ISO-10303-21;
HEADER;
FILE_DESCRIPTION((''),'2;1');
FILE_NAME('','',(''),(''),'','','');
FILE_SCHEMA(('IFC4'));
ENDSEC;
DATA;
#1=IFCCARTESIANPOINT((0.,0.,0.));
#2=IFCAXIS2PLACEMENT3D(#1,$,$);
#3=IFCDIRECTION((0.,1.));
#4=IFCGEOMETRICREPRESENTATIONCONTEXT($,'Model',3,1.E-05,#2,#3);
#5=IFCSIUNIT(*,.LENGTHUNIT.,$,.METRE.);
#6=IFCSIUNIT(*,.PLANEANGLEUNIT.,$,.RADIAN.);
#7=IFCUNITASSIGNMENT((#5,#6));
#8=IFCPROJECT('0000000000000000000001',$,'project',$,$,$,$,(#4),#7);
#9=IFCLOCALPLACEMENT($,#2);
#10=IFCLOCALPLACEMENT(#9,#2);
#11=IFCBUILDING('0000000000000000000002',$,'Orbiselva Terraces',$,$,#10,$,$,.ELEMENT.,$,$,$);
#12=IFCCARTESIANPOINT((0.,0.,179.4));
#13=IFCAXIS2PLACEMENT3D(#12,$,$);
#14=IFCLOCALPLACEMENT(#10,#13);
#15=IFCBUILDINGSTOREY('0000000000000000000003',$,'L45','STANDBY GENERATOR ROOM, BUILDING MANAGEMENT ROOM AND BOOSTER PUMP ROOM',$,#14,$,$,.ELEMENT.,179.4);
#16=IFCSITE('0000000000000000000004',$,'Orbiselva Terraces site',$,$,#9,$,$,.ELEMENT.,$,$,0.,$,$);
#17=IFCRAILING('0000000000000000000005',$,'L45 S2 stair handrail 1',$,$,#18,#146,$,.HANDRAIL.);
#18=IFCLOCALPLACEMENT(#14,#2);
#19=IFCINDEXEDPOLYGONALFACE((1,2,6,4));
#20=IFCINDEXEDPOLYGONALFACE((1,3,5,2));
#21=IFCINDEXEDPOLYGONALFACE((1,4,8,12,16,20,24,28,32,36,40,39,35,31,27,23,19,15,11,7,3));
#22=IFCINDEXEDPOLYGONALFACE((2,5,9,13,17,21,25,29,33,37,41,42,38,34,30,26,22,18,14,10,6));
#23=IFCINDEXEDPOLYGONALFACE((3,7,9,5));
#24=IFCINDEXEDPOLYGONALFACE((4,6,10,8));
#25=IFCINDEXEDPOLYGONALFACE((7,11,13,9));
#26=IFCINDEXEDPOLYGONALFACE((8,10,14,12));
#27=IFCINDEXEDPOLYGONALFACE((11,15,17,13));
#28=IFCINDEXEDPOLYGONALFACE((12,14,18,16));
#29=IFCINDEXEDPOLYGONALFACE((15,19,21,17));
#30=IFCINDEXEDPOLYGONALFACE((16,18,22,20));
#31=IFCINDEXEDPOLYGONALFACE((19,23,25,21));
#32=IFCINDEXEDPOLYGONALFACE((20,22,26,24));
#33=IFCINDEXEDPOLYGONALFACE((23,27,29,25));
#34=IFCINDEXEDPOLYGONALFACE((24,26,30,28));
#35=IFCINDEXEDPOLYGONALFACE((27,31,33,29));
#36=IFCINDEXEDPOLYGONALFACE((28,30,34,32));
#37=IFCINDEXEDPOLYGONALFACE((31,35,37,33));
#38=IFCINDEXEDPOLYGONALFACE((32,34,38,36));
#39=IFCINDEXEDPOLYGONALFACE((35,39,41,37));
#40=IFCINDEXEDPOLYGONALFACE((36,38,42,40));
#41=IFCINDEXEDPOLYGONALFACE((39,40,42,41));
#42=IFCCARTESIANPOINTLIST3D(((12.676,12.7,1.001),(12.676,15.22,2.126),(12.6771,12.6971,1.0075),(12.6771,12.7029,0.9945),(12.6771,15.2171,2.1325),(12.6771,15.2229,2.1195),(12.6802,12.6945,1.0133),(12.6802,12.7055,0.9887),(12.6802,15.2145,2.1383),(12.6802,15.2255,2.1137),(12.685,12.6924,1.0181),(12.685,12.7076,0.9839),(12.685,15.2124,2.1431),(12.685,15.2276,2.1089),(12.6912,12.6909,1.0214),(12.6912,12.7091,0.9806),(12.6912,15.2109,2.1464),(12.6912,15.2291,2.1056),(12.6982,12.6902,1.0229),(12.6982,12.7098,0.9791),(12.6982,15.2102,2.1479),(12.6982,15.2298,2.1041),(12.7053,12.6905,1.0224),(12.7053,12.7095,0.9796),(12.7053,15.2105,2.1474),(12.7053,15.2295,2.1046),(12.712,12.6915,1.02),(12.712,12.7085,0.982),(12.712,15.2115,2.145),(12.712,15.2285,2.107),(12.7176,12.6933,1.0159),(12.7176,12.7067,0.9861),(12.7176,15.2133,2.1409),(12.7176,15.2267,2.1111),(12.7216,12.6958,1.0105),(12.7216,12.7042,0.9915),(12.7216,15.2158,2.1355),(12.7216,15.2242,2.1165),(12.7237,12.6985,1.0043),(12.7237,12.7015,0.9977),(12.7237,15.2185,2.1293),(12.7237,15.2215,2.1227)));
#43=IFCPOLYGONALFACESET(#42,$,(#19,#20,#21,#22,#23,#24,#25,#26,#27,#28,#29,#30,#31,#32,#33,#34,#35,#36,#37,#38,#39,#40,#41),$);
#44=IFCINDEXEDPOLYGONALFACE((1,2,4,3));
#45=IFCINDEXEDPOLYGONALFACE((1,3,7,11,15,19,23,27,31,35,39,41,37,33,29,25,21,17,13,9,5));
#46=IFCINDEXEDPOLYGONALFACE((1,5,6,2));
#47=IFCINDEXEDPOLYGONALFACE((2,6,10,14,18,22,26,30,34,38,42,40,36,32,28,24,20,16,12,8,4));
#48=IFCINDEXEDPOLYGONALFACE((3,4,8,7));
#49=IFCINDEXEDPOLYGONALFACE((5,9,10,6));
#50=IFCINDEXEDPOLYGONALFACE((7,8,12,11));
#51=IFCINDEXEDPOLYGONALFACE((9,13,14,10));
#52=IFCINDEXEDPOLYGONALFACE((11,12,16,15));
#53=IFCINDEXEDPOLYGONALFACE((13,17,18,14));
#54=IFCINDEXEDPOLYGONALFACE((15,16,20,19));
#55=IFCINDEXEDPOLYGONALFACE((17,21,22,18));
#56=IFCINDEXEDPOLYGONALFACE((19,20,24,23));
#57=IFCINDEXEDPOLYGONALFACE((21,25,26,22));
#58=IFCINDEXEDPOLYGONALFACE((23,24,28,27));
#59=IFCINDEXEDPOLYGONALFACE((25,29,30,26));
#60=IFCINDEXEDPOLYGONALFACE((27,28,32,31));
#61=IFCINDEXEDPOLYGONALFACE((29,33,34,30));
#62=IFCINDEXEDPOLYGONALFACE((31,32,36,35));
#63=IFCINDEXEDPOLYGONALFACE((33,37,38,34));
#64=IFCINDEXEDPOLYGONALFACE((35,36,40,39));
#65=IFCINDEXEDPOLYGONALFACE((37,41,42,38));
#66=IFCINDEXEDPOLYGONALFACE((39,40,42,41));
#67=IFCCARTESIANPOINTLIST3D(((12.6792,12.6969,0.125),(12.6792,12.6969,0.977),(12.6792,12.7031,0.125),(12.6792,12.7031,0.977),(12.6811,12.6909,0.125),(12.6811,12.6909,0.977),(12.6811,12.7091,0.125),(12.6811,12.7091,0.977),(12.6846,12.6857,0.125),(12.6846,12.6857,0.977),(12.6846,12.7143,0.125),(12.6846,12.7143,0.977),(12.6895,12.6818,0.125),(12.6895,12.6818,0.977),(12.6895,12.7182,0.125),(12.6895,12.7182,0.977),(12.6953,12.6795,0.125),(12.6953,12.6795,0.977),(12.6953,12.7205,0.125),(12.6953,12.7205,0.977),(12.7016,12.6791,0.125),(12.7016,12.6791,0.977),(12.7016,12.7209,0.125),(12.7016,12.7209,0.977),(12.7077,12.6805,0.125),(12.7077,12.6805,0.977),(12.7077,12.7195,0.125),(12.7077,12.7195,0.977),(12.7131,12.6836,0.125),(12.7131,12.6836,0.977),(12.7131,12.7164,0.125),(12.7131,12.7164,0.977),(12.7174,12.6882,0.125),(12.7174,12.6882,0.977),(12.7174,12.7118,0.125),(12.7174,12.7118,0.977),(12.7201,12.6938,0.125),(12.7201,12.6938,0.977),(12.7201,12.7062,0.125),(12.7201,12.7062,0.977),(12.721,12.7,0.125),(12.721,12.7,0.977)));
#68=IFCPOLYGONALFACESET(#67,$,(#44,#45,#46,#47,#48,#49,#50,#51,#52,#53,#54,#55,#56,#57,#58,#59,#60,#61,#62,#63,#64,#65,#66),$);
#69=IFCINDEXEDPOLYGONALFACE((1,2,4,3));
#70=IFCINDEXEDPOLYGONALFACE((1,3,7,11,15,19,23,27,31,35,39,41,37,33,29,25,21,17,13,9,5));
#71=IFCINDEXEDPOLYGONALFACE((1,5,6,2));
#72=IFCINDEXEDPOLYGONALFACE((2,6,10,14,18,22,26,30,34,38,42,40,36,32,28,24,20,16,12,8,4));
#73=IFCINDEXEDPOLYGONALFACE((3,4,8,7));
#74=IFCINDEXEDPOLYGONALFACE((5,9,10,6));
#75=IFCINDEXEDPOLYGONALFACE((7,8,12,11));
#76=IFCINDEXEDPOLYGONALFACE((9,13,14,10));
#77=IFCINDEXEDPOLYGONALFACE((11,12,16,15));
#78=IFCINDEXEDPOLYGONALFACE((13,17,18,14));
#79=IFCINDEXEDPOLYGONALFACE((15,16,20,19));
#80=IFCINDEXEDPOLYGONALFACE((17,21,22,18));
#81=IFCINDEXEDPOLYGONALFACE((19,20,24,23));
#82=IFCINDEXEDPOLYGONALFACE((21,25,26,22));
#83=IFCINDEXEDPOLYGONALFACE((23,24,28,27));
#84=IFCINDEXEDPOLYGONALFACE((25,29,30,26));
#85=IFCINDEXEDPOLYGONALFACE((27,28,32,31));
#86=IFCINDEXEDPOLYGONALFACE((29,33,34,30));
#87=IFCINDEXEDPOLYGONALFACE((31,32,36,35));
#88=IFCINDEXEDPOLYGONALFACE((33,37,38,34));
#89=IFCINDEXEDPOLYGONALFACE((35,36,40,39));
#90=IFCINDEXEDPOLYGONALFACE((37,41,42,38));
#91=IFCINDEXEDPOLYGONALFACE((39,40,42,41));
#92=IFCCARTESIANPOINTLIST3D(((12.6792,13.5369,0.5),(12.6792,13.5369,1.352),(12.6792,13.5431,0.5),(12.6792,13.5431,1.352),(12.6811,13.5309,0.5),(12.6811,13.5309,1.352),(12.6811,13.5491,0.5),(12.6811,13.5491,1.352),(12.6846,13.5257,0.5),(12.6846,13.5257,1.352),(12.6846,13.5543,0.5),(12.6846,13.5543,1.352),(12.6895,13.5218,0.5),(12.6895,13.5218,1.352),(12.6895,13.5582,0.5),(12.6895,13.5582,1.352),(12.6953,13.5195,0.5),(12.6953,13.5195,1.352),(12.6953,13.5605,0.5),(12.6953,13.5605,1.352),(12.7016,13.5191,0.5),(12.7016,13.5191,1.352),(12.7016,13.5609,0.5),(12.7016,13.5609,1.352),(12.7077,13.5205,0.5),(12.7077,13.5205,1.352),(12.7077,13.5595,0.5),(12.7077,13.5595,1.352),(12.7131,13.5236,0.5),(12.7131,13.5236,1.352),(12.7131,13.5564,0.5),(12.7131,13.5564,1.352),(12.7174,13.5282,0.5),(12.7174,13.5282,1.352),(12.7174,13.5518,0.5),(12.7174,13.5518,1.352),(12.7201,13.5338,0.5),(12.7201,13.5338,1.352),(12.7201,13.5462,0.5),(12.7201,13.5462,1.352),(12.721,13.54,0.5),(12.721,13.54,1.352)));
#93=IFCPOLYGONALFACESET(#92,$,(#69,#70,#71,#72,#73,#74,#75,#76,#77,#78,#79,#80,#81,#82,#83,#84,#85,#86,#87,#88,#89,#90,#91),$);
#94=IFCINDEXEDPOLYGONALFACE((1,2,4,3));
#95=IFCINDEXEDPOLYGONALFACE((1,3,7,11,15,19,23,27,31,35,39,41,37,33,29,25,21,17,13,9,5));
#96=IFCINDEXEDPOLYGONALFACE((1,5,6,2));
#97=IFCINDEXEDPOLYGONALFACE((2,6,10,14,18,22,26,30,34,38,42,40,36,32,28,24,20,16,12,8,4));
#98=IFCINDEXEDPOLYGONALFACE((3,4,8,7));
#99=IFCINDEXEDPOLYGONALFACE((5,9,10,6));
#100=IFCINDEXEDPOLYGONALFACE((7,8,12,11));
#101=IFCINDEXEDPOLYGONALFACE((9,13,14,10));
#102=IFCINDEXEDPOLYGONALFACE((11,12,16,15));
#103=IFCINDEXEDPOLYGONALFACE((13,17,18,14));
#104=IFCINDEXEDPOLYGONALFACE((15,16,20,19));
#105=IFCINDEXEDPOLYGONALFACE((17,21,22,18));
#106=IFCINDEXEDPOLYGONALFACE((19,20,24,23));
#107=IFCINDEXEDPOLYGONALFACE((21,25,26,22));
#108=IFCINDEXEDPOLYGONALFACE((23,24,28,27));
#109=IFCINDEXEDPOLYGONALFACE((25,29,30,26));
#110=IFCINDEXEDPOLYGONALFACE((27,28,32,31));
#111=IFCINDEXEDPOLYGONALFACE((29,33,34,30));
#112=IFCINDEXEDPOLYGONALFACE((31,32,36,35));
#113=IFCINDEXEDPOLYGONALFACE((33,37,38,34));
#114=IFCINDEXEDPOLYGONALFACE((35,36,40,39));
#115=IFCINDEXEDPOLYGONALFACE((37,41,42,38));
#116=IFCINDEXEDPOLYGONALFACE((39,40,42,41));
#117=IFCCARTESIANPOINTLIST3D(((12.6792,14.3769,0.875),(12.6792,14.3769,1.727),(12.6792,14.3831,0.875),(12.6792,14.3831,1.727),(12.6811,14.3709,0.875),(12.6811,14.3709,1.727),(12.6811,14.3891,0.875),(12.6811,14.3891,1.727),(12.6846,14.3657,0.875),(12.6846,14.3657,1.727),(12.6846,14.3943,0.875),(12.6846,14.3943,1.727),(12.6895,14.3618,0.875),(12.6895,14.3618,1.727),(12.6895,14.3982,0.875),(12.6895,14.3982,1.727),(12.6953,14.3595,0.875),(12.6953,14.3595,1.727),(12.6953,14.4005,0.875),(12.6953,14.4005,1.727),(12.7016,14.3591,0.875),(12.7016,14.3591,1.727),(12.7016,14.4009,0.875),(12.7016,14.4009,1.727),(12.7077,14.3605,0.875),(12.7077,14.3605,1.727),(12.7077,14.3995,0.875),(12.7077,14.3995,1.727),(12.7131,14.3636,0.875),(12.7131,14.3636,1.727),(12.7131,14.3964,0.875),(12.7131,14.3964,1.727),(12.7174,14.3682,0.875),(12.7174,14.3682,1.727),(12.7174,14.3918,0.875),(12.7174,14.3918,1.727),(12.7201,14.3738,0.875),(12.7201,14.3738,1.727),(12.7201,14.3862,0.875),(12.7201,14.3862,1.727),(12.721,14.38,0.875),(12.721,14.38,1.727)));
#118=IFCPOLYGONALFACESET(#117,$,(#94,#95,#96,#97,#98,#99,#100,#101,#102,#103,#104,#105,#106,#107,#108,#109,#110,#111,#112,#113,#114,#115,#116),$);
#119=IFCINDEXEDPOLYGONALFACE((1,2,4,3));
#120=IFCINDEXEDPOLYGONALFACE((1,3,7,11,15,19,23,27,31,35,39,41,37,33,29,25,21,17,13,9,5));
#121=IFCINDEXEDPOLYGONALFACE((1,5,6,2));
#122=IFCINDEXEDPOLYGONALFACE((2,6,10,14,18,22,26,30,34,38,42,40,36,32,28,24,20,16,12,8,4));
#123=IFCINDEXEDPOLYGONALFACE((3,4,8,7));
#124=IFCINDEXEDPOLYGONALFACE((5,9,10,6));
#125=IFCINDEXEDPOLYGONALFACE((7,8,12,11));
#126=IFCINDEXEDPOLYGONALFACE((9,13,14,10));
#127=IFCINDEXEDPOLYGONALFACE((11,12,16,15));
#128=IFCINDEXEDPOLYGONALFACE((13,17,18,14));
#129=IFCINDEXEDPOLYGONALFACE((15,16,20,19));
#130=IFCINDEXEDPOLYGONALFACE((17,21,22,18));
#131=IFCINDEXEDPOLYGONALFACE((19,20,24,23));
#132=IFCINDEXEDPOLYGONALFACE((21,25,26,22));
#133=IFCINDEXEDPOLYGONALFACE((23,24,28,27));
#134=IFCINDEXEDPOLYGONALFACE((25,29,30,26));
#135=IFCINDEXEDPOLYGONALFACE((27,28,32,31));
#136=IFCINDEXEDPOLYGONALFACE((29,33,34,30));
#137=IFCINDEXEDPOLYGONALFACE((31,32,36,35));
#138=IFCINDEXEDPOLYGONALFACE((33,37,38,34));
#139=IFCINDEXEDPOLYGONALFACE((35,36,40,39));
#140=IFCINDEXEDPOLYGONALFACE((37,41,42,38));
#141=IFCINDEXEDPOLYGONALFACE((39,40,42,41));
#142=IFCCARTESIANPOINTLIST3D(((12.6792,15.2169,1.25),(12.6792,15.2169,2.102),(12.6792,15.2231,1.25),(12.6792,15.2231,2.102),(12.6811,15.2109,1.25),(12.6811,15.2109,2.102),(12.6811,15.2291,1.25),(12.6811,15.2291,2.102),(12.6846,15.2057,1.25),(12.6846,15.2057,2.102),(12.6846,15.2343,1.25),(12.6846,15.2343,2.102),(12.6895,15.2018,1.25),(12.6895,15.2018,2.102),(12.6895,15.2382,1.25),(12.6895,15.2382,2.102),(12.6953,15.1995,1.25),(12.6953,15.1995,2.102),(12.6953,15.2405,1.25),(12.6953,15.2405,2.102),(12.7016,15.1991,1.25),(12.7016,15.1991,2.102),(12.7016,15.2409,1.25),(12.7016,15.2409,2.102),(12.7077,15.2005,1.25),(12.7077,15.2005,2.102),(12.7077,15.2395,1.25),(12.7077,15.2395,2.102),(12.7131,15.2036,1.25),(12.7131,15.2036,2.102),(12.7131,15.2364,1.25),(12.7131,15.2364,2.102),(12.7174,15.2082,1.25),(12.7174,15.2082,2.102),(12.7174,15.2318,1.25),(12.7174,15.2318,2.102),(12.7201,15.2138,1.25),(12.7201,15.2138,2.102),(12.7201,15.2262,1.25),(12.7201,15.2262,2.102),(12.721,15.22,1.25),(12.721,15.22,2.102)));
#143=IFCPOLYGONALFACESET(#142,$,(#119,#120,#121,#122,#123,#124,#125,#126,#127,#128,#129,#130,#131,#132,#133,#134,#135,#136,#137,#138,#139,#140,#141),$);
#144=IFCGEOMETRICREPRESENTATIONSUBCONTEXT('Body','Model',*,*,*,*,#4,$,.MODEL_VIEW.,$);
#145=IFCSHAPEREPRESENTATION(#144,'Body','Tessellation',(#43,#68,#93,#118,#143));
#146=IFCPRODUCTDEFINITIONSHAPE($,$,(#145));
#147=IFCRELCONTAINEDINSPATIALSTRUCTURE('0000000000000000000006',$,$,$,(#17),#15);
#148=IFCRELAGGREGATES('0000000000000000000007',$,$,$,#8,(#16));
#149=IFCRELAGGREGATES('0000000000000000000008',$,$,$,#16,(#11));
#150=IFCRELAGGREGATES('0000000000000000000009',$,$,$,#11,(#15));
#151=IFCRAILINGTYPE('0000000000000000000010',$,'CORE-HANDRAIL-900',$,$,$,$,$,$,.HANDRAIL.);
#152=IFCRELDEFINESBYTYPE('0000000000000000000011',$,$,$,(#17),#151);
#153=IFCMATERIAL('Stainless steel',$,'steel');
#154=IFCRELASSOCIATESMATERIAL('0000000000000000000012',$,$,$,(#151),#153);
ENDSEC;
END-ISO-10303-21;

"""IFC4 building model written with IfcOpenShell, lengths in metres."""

from ifc_helpers import new_model, si_unit, direction, frame, origin, origin_2d, place, context, subcontext, project, spatial, circle, extrude, material, type_object, element, save


model = new_model("IFC4")

# Units and contexts
model_context = context("Model", 3, precision=1e-05, world=origin(), true_north=direction((0.0, 1.0)))
body_context = subcontext(model_context, "Body", "Model", "MODEL_VIEW")
ifc_project = project(units=[si_unit("LENGTHUNIT", "METRE"), si_unit("PLANEANGLEUNIT", "RADIAN")], contexts=[model_context])

# Site, building, storey
site_placement = place(None, origin())
site = spatial("IfcSite", under=ifc_project, at=site_placement, Name="Orbiselva Terraces site", CompositionType="ELEMENT", RefElevation=0.0)
building_placement = place(site_placement, origin())
building = spatial("IfcBuilding", under=site, at=building_placement, Name="Orbiselva Terraces", CompositionType="ELEMENT")
storey_placement = place(building_placement, frame((0.0, 0.0, 179.4)))
storey = spatial("IfcBuildingStorey", under=building, at=storey_placement, Name="L45", Description="STANDBY GENERATOR ROOM, BUILDING MANAGEMENT ROOM AND BOOSTER PUMP ROOM", CompositionType="ELEMENT", Elevation=179.4)

# Railing
ifc_material_1 = material(Name="Stainless steel", Category="steel")
railing_type_1 = type_object("IfcRailingType", Name="CORE-HANDRAIL-900", PredefinedType="HANDRAIL", material=ifc_material_1)
for number, where, name in (
    (1, (12.7, 12.7, 0.125), "L45 S2 stair handrail 1"),
):
    element("IfcRailing", number, at=place(storey_placement, frame(where)), inside=storey, type_object=railing_type_1, Name=name, PredefinedType="HANDRAIL", context=body_context, shape_type="SweptSolid", body=[
        extrude(circle(Radius=0.024, at=origin_2d()), frame((0.0, 0.0, 0.876), z_axis=(0.0, 0.913138, 0.407651), x_axis=(-1.0, 0.0, 0.0)), (0.0, 0.0, 1.0), 2.7597),
        extrude(circle(Radius=0.021, at=origin_2d()), origin(), (0.0, 0.0, 1.0), 0.852),
        extrude(circle(Radius=0.021, at=origin_2d()), frame((0.0, 0.84, 0.375)), (0.0, 0.0, 1.0), 0.852),
        extrude(circle(Radius=0.021, at=origin_2d()), frame((0.0, 1.68, 0.75)), (0.0, 0.0, 1.0), 0.852),
        extrude(circle(Radius=0.021, at=origin_2d()), frame((0.0, 2.52, 1.125)), (0.0, 0.0, 1.0), 0.852),
    ])

save(model, "model.ifc")
